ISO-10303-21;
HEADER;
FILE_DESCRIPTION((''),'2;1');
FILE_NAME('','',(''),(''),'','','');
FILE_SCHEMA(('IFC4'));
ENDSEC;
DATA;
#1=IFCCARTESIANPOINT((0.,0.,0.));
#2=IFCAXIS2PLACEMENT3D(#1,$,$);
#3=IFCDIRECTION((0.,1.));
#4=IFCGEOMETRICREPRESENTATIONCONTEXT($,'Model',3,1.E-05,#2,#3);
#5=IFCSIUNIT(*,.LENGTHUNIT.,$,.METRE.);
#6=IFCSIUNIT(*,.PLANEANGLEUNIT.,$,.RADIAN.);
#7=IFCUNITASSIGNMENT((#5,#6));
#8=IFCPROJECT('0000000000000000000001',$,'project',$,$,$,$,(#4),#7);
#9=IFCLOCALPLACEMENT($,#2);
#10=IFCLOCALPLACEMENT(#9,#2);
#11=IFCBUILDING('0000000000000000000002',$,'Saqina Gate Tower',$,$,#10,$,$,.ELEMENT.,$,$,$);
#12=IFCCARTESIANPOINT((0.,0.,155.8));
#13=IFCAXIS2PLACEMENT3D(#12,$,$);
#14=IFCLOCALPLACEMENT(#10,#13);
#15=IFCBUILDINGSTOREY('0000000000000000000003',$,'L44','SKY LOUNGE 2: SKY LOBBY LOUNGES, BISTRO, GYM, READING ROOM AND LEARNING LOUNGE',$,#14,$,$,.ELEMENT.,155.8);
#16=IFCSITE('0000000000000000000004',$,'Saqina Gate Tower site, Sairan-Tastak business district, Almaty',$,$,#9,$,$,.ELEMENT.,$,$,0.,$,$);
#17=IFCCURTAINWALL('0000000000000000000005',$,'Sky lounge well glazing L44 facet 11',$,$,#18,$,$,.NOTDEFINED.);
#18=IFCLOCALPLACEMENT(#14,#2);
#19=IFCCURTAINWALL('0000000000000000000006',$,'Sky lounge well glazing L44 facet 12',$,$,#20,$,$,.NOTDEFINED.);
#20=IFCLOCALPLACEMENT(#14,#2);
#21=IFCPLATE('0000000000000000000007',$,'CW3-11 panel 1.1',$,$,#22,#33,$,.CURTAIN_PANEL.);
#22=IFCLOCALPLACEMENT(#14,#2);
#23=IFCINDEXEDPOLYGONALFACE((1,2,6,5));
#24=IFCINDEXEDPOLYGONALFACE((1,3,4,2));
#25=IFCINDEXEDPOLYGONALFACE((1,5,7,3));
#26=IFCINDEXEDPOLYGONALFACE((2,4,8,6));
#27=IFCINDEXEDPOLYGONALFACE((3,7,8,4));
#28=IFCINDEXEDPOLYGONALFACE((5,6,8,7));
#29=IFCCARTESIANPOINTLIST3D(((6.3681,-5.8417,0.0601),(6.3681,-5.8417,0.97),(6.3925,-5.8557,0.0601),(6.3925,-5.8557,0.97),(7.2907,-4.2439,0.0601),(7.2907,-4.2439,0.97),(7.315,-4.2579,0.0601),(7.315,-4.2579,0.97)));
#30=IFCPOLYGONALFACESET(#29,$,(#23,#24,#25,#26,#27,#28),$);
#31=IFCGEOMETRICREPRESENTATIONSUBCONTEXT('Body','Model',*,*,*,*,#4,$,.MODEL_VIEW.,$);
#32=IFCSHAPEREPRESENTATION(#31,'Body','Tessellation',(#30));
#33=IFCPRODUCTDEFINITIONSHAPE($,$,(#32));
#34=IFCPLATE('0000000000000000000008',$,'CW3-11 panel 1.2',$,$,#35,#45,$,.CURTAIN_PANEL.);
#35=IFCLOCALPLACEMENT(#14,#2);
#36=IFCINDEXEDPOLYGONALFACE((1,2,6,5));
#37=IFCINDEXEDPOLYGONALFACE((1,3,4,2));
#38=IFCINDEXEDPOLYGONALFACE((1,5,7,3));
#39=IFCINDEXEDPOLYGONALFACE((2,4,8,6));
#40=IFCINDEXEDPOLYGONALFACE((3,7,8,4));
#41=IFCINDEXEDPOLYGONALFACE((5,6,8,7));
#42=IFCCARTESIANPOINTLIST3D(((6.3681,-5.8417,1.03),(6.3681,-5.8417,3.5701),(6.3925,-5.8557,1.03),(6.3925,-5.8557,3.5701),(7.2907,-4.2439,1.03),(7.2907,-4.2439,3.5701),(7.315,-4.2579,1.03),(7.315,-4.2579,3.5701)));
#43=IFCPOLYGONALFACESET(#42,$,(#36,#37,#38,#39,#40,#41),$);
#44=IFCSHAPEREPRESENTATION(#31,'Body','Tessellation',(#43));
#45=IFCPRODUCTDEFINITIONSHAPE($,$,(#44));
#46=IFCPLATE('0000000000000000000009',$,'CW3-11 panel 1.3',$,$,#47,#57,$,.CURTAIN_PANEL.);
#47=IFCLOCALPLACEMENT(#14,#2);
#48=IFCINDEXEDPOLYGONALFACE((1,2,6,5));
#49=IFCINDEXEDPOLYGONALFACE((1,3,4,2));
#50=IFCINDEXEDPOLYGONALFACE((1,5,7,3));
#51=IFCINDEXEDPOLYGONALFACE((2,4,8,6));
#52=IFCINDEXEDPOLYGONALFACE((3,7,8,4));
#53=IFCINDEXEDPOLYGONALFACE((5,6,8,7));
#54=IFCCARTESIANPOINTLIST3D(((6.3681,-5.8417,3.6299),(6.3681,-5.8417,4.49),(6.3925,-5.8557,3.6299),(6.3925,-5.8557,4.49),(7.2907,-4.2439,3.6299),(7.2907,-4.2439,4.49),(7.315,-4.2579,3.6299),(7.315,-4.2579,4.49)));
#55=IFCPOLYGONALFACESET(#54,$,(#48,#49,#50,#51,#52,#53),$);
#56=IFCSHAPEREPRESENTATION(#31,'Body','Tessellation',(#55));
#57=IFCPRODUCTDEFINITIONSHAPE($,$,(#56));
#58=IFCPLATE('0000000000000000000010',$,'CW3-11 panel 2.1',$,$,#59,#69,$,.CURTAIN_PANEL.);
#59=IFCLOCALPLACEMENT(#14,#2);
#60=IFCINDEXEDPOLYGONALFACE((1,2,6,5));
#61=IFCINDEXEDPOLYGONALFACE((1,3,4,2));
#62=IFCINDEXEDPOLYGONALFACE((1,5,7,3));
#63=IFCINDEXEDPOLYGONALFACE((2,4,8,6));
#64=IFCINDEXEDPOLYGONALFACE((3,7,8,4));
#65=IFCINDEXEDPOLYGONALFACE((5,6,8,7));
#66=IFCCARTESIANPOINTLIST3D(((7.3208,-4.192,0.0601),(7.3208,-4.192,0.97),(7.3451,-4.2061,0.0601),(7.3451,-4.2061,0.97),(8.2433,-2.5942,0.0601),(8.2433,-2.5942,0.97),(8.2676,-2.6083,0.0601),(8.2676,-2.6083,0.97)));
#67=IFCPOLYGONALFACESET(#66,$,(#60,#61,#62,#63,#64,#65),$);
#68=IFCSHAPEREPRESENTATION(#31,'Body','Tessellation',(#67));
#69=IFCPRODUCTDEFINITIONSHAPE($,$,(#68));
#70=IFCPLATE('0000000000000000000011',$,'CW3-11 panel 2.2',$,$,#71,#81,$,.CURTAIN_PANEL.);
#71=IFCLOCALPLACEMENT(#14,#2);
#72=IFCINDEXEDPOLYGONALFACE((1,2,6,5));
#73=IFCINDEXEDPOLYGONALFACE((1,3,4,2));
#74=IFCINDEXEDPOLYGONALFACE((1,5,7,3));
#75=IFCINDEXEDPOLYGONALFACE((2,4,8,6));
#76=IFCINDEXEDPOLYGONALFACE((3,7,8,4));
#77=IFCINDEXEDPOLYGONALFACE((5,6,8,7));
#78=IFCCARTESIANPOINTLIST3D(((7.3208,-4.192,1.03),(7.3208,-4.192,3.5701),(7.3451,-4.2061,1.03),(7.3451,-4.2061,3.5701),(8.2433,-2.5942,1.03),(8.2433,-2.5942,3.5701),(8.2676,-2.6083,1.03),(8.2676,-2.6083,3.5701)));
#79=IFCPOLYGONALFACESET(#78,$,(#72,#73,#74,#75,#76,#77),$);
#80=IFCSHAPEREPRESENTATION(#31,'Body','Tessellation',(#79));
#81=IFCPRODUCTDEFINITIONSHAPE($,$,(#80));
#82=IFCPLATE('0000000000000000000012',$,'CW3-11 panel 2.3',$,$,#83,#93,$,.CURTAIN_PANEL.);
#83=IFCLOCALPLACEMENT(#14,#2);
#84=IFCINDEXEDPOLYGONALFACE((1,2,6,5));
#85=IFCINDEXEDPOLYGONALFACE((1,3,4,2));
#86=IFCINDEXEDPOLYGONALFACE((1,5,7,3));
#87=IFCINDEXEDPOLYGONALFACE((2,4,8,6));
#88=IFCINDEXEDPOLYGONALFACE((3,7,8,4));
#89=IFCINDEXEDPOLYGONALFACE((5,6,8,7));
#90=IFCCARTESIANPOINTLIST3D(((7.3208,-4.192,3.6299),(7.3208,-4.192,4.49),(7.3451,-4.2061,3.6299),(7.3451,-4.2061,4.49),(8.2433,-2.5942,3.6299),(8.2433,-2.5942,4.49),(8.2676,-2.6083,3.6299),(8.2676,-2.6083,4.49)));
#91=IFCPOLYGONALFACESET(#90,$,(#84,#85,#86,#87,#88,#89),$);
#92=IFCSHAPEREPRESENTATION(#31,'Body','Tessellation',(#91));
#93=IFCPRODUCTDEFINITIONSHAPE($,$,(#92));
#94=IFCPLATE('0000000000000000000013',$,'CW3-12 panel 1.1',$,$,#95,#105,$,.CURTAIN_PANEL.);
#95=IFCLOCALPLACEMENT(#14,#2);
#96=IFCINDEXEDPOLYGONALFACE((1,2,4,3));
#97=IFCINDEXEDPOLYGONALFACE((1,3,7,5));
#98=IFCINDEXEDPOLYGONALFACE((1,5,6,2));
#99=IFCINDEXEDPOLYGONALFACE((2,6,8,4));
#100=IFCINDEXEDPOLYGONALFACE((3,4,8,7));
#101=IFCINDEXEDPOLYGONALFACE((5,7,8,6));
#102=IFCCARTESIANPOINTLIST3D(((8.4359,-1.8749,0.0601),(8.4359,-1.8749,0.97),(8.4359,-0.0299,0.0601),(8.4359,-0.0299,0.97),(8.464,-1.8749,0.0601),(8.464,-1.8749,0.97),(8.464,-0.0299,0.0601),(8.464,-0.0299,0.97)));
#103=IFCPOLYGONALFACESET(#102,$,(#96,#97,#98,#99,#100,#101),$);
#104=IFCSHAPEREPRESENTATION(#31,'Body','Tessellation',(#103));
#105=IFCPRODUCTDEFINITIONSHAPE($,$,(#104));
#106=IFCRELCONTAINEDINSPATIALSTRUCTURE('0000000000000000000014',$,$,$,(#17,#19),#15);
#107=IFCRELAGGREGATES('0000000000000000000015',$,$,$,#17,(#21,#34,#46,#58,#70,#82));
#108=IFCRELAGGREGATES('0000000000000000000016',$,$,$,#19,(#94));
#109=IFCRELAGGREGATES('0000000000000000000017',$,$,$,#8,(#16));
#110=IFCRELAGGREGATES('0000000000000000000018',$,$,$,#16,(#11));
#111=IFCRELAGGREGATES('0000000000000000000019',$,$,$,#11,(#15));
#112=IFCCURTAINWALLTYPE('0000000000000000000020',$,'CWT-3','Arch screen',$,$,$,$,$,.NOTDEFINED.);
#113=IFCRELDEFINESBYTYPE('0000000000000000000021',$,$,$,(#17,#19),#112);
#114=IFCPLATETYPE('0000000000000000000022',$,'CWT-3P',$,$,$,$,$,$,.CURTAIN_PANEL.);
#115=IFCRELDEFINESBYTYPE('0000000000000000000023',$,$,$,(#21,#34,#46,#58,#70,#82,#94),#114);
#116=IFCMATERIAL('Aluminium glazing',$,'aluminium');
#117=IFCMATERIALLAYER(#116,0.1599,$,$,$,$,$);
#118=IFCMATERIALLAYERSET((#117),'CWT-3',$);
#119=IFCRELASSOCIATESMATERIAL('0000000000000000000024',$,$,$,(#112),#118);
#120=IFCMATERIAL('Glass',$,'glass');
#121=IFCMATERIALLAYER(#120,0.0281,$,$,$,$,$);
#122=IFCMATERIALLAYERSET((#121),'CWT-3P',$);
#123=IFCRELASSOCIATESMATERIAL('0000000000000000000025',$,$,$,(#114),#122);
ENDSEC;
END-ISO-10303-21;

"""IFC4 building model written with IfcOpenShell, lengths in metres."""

from ifc_helpers import new_model, si_unit, direction, frame, origin, origin_2d, place, context, subcontext, project, spatial, rectangle, extrude, material, layer, layer_set, type_object, element, aggregate, save


model = new_model("IFC4")

# Units and contexts
model_context = context("Model", 3, precision=1e-05, world=origin(), true_north=direction((0.0, 1.0)))
body_context = subcontext(model_context, "Body", "Model", "MODEL_VIEW")
ifc_project = project(units=[si_unit("LENGTHUNIT", "METRE"), si_unit("PLANEANGLEUNIT", "RADIAN")], contexts=[model_context])

# Site, building, storey
site_placement = place(None, origin())
site = spatial("IfcSite", under=ifc_project, at=site_placement, Name="Saqina Gate Tower site, Sairan-Tastak business district, Almaty", CompositionType="ELEMENT", RefElevation=0.0)
building_placement = place(site_placement, origin())
building = spatial("IfcBuilding", under=site, at=building_placement, Name="Saqina Gate Tower", CompositionType="ELEMENT")
storey_placement = place(building_placement, frame((0.0, 0.0, 155.8)))
storey = spatial("IfcBuildingStorey", under=building, at=storey_placement, Name="L44", Description="SKY LOUNGE 2: SKY LOBBY LOUNGES, BISTRO, GYM, READING ROOM AND LEARNING LOUNGE", CompositionType="ELEMENT", Elevation=155.8)

# Curtain wall
ifc_material_1 = material(Name="Aluminium glazing", Category="aluminium")
ifc_layer_1 = layer(ifc_material_1, 0.1599)
ifc_layer_set_1 = layer_set([ifc_layer_1], Name="CWT-3")
curtain_wall_type = type_object("IfcCurtainWallType", Name="CWT-3", Description="Arch screen", PredefinedType="NOTDEFINED", material=ifc_layer_set_1)
curtain_wall_1_placement = place(storey_placement, origin())
curtain_wall_1 = element("IfcCurtainWall", 1, at=curtain_wall_1_placement, inside=storey, type_object=curtain_wall_type, Name="Sky lounge well glazing L44 facet 11", PredefinedType="NOTDEFINED")

# Curtain wall
curtain_wall_2_placement = place(storey_placement, origin())
curtain_wall_2 = element("IfcCurtainWall", 2, at=curtain_wall_2_placement, inside=storey, type_object=curtain_wall_type, Name="Sky lounge well glazing L44 facet 12", PredefinedType="NOTDEFINED")

# Plates
ifc_material_2 = material(Name="Glass", Category="glass")
ifc_layer_2 = layer(ifc_material_2, 0.0281)
ifc_layer_set_2 = layer_set([ifc_layer_2], Name="CWT-3P")
plate_type = type_object("IfcPlateType", Name="CWT-3P", PredefinedType="CURTAIN_PANEL", material=ifc_layer_set_2)
plate_1_placement = place(storey_placement, frame((6.8416, -5.0498, 0.0601), z_axis=(0.0, 0.0, 1.0), x_axis=(0.500013, 0.866018, 0.0)))
plate_1 = element("IfcPlate", 3, at=plate_1_placement, type_object=plate_type, Name="CW3-11 panel 1.1", PredefinedType="CURTAIN_PANEL", context=body_context, shape_type="SweptSolid", body=[
    extrude(rectangle(XDim=1.845, YDim=0.0281, at=origin_2d()), origin(), (0.0, 0.0, 1.0), 0.9099),
])
plate_2_placement = place(storey_placement, frame((6.8416, -5.0498, 1.03), z_axis=(0.0, 0.0, 1.0), x_axis=(0.500013, 0.866018, 0.0)))
plate_2 = element("IfcPlate", 4, at=plate_2_placement, type_object=plate_type, Name="CW3-11 panel 1.2", PredefinedType="CURTAIN_PANEL", context=body_context, shape_type="SweptSolid", body=[
    extrude(rectangle(XDim=1.845, YDim=0.0281, at=origin_2d()), origin(), (0.0, 0.0, 1.0), 2.54),
])
plate_3_placement = place(storey_placement, frame((6.8416, -5.0498, 3.6299), z_axis=(0.0, 0.0, 1.0), x_axis=(0.500013, 0.866018, 0.0)))
plate_3 = element("IfcPlate", 5, at=plate_3_placement, type_object=plate_type, Name="CW3-11 panel 1.3", PredefinedType="CURTAIN_PANEL", context=body_context, shape_type="SweptSolid", body=[
    extrude(rectangle(XDim=1.845, YDim=0.0281, at=origin_2d()), origin(), (0.0, 0.0, 1.0), 0.8601),
])
plate_4_placement = place(storey_placement, frame((7.7942, -3.4001, 0.0601), z_axis=(0.0, 0.0, 1.0), x_axis=(0.500013, 0.866018, 0.0)))
plate_4 = element("IfcPlate", 6, at=plate_4_placement, type_object=plate_type, Name="CW3-11 panel 2.1", PredefinedType="CURTAIN_PANEL", context=body_context, shape_type="SweptSolid", body=[
    extrude(rectangle(XDim=1.845, YDim=0.0281, at=origin_2d()), origin(), (0.0, 0.0, 1.0), 0.9099),
])
plate_5_placement = place(storey_placement, frame((7.7942, -3.4001, 1.03), z_axis=(0.0, 0.0, 1.0), x_axis=(0.500013, 0.866018, 0.0)))
plate_5 = element("IfcPlate", 7, at=plate_5_placement, type_object=plate_type, Name="CW3-11 panel 2.2", PredefinedType="CURTAIN_PANEL", context=body_context, shape_type="SweptSolid", body=[
    extrude(rectangle(XDim=1.845, YDim=0.0281, at=origin_2d()), origin(), (0.0, 0.0, 1.0), 2.54),
])
plate_6_placement = place(storey_placement, frame((7.7942, -3.4001, 3.6299), z_axis=(0.0, 0.0, 1.0), x_axis=(0.500013, 0.866018, 0.0)))
plate_6 = element("IfcPlate", 8, at=plate_6_placement, type_object=plate_type, Name="CW3-11 panel 2.3", PredefinedType="CURTAIN_PANEL", context=body_context, shape_type="SweptSolid", body=[
    extrude(rectangle(XDim=1.845, YDim=0.0281, at=origin_2d()), origin(), (0.0, 0.0, 1.0), 0.8601),
])
aggregate(curtain_wall_1, [plate_1, plate_2, plate_3, plate_4, plate_5, plate_6])
plate_7_placement = place(storey_placement, frame((8.45, -0.9524, 0.0601), z_axis=(0.0, 0.0, 1.0), x_axis=(0.0, 1.0, 0.0)))
plate_7 = element("IfcPlate", 9, at=plate_7_placement, type_object=plate_type, Name="CW3-12 panel 1.1", PredefinedType="CURTAIN_PANEL", context=body_context, shape_type="SweptSolid", body=[
    extrude(rectangle(XDim=1.845, YDim=0.0281, at=origin_2d()), origin(), (0.0, 0.0, 1.0), 0.9099),
])
aggregate(curtain_wall_2, [plate_7])

save(model, "model.ifc")
